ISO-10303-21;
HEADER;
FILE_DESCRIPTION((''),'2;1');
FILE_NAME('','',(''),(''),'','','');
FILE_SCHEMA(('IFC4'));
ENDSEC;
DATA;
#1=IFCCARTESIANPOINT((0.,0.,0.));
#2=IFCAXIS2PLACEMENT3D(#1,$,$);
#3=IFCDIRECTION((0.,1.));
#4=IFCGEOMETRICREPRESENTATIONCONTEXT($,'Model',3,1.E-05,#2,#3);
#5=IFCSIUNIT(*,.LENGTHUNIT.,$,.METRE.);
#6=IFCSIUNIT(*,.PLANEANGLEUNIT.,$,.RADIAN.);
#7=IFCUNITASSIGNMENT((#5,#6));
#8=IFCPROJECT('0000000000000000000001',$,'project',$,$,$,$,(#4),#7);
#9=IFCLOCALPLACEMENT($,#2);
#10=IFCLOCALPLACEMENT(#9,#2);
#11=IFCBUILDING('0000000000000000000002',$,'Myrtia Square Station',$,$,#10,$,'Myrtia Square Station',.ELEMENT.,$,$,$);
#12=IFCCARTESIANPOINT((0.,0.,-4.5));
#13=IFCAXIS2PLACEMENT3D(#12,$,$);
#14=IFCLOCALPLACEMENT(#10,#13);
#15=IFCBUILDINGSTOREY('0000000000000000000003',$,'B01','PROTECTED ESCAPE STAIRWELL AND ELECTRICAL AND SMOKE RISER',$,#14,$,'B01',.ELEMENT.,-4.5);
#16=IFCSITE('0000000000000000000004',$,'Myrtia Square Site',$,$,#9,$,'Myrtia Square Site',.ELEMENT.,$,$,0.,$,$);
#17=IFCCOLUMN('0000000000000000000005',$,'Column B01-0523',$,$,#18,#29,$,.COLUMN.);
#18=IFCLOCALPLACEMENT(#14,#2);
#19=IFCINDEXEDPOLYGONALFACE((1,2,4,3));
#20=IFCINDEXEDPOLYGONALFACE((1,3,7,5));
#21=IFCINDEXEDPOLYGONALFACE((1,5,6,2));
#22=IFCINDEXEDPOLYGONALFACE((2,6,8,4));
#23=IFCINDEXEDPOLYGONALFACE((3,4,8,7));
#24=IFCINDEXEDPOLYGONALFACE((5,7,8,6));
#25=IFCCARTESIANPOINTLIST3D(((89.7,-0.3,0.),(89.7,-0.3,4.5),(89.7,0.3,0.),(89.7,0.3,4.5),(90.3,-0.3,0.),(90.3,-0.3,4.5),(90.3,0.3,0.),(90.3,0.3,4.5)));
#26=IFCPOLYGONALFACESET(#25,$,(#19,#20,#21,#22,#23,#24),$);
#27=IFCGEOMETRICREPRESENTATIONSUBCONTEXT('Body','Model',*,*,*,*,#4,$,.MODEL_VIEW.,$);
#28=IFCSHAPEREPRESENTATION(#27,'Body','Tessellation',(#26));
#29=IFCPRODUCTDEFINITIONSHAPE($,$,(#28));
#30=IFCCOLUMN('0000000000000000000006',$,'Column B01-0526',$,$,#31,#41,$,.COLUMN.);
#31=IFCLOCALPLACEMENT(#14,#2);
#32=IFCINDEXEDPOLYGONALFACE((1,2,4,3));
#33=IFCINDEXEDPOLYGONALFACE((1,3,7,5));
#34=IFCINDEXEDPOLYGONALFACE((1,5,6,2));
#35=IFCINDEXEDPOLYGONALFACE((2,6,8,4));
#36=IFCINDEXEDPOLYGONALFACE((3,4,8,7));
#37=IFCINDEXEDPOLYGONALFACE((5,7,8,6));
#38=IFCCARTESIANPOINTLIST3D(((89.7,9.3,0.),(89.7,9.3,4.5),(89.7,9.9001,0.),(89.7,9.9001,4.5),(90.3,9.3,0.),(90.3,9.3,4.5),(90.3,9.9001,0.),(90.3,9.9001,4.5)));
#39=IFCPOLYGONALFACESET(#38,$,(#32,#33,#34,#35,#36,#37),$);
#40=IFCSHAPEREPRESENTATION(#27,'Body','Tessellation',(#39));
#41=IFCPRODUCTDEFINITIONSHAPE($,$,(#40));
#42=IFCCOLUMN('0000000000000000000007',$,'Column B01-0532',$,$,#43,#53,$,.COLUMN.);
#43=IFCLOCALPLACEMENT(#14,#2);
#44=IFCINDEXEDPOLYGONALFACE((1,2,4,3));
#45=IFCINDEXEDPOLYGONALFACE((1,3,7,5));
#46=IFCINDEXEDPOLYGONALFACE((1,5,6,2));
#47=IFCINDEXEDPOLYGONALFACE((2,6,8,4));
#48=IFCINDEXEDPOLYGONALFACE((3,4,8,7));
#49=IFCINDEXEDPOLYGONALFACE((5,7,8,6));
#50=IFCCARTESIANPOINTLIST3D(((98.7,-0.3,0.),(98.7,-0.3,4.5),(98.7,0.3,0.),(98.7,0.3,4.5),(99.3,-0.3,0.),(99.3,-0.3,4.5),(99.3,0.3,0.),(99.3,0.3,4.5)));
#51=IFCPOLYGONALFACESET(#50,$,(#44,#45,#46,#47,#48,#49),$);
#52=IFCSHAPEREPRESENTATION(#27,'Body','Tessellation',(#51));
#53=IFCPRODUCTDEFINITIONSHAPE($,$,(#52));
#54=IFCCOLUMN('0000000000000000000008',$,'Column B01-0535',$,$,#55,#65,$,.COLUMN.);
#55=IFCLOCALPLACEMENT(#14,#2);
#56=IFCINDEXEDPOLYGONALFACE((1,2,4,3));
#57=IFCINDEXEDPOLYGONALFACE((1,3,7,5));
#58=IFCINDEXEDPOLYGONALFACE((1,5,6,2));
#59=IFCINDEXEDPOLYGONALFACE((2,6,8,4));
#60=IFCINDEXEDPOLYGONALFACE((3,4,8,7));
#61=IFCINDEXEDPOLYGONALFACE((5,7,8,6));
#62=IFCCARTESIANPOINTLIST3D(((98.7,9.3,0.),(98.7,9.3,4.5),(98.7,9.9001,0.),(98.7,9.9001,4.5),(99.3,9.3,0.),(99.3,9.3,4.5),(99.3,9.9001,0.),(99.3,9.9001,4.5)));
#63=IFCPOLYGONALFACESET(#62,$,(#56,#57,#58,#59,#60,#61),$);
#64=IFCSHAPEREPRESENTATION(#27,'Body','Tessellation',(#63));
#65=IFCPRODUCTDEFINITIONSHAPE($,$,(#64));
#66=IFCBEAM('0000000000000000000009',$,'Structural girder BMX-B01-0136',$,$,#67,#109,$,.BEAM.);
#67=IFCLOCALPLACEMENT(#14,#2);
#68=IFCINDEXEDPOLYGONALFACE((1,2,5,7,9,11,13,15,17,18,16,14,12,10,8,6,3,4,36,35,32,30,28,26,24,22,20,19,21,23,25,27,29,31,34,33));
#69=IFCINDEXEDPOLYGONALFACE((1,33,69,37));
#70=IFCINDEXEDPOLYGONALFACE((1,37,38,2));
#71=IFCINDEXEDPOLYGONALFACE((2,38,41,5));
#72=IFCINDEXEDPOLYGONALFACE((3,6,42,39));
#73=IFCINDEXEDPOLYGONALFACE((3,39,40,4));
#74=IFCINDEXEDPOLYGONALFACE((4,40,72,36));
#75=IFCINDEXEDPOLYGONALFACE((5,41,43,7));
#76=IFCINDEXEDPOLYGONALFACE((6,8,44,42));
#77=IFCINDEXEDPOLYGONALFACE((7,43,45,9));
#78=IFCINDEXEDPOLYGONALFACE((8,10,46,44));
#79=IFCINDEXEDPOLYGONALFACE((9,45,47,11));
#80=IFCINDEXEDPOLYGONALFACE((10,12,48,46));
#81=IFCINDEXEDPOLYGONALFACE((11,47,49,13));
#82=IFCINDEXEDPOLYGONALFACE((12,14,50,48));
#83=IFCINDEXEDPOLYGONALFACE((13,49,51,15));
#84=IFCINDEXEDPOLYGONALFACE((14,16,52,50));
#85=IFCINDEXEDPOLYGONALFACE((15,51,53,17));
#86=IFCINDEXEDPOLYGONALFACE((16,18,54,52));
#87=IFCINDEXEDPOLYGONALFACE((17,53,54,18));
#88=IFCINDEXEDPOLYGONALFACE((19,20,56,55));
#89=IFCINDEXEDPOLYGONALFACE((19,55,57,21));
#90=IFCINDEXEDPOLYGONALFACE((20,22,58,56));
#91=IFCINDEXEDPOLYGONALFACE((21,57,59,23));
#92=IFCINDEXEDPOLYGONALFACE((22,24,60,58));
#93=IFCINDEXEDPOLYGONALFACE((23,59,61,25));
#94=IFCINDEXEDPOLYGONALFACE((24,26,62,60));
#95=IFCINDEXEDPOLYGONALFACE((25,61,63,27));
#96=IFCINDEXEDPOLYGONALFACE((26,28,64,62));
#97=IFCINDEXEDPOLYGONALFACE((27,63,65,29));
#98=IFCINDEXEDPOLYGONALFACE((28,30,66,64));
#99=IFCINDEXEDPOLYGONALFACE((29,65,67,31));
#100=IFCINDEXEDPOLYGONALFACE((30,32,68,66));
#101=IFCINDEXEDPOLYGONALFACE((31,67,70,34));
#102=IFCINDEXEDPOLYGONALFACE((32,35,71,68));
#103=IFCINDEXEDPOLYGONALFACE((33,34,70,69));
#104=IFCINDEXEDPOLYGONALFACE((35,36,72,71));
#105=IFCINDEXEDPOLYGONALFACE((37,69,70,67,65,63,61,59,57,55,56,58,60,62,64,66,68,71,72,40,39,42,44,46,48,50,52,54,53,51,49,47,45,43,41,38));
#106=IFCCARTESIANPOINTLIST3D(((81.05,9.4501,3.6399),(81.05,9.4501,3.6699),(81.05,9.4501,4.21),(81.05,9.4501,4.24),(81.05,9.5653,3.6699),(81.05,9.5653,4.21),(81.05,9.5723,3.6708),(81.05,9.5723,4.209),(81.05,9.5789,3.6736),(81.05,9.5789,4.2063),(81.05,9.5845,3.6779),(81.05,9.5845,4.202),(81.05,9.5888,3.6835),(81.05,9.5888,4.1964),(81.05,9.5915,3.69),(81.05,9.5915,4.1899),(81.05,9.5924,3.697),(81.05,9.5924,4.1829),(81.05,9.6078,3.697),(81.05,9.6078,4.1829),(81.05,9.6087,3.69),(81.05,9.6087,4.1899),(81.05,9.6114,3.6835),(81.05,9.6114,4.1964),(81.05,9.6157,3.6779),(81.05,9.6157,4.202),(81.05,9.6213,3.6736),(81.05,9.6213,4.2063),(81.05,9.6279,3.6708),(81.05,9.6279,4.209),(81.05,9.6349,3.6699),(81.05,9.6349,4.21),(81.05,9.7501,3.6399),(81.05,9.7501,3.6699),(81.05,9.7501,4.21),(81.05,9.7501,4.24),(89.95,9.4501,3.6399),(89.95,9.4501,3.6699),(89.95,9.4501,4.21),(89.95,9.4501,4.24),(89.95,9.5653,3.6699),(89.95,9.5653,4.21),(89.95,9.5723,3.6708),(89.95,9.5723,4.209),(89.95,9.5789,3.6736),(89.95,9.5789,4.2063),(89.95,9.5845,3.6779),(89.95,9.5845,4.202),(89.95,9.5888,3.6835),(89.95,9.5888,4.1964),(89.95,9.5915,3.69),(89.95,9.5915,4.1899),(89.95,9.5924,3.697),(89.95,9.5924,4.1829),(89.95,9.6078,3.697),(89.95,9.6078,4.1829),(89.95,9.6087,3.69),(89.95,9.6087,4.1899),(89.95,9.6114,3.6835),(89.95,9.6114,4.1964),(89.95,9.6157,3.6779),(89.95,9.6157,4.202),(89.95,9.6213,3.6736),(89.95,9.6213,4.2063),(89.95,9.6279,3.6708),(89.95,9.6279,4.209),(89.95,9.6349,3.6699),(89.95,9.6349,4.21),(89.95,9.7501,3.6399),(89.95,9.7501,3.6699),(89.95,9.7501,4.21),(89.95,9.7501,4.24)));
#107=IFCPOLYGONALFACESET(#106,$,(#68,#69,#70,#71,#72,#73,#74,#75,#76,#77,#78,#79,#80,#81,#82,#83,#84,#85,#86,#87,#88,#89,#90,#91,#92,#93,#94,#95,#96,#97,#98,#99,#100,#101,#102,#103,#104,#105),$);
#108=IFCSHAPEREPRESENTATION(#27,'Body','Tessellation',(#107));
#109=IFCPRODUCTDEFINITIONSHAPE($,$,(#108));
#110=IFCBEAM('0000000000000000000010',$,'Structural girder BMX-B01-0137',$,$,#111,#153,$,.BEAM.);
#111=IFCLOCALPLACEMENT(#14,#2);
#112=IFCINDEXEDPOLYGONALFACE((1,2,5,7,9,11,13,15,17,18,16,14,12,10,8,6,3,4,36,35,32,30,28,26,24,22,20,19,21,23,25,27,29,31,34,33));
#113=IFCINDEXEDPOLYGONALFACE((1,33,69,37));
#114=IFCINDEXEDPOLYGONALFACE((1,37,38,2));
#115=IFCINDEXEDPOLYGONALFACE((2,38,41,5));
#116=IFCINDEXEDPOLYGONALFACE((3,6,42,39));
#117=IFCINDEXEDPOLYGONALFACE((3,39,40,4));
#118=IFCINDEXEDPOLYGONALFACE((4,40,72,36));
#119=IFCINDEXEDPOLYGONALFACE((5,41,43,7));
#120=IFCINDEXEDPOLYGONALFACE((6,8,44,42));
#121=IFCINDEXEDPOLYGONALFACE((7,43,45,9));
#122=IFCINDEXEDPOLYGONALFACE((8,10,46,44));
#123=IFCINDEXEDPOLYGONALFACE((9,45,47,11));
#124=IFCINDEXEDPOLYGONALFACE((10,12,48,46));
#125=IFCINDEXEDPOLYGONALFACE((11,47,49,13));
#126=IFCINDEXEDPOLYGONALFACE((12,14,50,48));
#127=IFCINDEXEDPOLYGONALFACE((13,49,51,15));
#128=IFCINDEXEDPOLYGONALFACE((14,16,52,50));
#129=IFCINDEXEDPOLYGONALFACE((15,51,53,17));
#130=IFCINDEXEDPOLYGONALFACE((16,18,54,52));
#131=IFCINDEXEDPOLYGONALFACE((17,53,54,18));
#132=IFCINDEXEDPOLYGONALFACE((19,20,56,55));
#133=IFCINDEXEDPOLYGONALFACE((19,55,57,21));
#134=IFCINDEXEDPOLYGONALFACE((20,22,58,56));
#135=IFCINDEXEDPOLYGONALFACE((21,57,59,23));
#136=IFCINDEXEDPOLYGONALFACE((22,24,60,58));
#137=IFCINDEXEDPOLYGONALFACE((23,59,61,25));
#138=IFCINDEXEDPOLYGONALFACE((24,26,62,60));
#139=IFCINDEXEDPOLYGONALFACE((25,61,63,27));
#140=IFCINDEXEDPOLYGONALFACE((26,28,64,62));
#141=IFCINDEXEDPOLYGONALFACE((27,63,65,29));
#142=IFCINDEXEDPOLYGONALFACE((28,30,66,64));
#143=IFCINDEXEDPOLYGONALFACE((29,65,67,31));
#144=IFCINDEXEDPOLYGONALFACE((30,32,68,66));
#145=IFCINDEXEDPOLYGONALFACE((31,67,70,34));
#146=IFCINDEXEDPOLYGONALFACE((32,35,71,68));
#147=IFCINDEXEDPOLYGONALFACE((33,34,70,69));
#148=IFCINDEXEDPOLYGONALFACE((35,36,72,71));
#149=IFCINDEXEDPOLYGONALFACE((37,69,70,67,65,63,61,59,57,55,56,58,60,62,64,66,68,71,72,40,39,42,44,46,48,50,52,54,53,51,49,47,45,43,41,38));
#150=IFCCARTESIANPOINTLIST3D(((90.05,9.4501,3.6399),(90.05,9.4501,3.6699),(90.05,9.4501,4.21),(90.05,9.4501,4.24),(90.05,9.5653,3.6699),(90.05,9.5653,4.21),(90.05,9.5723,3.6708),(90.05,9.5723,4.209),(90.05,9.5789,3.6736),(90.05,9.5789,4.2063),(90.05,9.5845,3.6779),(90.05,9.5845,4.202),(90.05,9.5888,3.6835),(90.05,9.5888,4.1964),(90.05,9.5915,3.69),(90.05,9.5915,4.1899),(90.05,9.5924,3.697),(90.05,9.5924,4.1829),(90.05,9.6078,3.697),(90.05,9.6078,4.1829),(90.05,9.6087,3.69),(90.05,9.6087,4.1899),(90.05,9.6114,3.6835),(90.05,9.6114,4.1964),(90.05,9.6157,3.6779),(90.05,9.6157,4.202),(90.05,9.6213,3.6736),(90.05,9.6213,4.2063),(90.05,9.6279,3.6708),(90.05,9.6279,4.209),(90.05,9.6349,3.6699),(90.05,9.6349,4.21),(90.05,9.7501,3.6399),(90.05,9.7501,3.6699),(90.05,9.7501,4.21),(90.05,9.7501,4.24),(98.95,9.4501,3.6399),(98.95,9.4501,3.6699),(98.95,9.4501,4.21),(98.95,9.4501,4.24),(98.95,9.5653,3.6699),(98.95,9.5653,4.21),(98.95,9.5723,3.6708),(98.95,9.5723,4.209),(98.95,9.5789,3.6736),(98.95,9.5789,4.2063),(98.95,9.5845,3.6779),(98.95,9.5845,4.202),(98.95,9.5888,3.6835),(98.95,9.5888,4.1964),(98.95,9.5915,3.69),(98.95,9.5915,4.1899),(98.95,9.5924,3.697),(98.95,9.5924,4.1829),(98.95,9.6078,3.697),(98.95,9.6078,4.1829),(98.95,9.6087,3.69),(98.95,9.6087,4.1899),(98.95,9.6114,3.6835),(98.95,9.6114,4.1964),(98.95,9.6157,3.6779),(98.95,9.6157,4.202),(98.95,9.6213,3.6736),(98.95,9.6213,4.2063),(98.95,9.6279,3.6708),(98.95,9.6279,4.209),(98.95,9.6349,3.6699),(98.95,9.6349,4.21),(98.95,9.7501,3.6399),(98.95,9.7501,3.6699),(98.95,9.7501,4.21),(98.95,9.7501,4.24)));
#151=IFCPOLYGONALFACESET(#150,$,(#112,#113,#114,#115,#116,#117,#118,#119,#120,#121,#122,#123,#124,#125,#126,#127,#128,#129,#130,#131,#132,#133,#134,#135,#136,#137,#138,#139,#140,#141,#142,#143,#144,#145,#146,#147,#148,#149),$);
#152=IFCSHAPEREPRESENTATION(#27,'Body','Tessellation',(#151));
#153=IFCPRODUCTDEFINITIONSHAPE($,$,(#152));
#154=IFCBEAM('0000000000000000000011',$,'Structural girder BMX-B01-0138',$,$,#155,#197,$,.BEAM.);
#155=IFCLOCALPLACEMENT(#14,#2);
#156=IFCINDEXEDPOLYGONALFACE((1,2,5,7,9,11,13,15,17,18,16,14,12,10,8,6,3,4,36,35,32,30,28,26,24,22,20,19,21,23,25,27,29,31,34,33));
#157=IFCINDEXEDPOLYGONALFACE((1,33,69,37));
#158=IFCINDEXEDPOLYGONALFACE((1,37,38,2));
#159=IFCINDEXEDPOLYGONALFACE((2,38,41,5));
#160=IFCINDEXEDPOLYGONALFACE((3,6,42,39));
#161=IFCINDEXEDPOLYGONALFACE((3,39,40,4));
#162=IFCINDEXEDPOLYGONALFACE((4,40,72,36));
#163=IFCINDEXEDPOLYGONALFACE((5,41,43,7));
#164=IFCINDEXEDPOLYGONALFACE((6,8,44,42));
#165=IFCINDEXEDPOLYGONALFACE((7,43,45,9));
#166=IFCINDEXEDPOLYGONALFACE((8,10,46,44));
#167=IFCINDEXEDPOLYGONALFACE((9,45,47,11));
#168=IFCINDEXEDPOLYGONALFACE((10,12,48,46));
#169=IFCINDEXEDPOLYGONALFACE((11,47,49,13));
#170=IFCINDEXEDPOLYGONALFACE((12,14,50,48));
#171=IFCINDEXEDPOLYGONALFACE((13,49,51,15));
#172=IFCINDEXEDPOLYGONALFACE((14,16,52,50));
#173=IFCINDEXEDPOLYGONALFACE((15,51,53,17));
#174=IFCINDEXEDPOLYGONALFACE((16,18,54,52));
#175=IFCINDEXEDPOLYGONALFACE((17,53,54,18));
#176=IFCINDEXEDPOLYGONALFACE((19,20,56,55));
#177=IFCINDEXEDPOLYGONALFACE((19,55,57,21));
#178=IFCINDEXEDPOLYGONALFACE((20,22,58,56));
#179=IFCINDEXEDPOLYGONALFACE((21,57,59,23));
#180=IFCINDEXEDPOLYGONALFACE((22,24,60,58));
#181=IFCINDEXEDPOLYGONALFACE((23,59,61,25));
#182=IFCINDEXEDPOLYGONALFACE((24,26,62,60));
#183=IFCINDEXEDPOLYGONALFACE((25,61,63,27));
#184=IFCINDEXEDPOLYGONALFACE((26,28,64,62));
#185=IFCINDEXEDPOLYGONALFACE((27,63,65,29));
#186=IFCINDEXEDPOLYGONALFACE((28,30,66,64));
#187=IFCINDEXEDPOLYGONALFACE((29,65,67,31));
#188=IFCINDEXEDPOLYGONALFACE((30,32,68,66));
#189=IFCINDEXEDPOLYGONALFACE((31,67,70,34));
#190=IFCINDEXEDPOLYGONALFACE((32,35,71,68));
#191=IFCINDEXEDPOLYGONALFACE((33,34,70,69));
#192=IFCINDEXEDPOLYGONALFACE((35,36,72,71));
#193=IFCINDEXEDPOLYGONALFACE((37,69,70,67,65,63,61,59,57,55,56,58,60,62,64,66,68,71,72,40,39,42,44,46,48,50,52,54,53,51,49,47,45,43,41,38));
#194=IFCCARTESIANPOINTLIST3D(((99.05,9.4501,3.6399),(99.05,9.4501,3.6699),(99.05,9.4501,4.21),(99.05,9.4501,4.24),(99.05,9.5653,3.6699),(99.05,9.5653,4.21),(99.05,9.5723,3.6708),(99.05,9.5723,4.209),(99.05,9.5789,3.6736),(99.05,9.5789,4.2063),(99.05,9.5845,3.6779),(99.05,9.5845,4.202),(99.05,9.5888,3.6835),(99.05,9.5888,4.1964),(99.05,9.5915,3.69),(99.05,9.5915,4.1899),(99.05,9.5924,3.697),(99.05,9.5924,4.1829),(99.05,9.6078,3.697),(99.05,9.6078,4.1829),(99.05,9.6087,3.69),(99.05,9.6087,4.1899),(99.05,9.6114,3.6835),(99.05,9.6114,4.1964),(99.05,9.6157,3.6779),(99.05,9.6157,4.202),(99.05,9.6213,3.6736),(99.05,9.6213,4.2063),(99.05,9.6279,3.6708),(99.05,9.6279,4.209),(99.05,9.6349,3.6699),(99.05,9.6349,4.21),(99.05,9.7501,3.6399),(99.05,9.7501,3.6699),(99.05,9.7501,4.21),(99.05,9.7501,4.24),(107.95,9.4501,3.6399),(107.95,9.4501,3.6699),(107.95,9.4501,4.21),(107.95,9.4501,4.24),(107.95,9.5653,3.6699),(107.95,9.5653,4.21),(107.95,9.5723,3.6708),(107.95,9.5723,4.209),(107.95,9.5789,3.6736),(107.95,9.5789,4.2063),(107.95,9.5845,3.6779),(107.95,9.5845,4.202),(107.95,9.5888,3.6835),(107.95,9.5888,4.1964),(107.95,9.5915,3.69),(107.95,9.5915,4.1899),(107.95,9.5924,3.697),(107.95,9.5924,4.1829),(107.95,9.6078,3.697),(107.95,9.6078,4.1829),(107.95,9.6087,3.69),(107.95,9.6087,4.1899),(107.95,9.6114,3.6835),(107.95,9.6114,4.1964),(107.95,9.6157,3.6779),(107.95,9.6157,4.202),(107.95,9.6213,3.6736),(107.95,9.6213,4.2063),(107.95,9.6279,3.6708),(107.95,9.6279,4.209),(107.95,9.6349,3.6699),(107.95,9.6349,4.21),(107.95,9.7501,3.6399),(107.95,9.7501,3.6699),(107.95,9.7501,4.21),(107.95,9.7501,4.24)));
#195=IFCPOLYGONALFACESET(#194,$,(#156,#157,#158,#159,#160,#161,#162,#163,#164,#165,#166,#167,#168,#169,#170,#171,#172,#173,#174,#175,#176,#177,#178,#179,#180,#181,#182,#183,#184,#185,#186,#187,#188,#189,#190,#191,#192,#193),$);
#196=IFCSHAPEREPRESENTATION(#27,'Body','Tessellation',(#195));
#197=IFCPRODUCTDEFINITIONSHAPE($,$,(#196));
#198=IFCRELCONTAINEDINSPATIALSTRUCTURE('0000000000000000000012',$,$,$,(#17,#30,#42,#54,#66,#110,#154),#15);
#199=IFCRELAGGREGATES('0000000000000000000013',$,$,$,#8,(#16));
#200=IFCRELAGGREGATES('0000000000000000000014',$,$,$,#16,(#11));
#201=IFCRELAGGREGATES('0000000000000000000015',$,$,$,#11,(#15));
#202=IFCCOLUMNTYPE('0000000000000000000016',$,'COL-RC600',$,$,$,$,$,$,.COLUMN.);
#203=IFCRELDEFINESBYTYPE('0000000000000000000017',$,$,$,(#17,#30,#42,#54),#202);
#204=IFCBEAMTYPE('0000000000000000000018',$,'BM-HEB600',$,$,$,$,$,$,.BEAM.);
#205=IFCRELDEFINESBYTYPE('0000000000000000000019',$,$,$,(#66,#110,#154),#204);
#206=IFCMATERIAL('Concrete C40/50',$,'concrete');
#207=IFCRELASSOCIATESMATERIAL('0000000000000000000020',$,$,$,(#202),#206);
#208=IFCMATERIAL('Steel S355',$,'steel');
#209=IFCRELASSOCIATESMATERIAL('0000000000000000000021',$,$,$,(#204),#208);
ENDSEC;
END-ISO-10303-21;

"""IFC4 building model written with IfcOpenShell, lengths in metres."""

from ifc_helpers import new_model, si_unit, direction, frame, origin, origin_2d, place, context, subcontext, project, spatial, rectangle, i_section, extrude, material, material_profile, profile_set, type_object, element, save


model = new_model("IFC4")

# Units and contexts
model_context = context("Model", 3, precision=1e-05, world=origin(), true_north=direction((0.0, 1.0)))
body_context = subcontext(model_context, "Body", "Model", "MODEL_VIEW")
ifc_project = project(units=[si_unit("LENGTHUNIT", "METRE"), si_unit("PLANEANGLEUNIT", "RADIAN")], contexts=[model_context])

# Site, building, storey
site_placement = place(None, origin())
site = spatial("IfcSite", under=ifc_project, at=site_placement, Name="Myrtia Square Site", LongName="Myrtia Square Site", CompositionType="ELEMENT", RefElevation=0.0)
building_placement = place(site_placement, origin())
building = spatial("IfcBuilding", under=site, at=building_placement, Name="Myrtia Square Station", LongName="Myrtia Square Station", CompositionType="ELEMENT")
storey_placement = place(building_placement, frame((0.0, 0.0, -4.5)))
storey = spatial("IfcBuildingStorey", under=building, at=storey_placement, Name="B01", Description="PROTECTED ESCAPE STAIRWELL AND ELECTRICAL AND SMOKE RISER", LongName="B01", CompositionType="ELEMENT", Elevation=-4.5)

# Columns
ifc_material_1 = material(Name="Concrete C40/50", Category="concrete")
ifc_material_profile_1 = material_profile(ifc_material_1, rectangle(XDim=0.6001, YDim=0.6001, at=origin_2d()), Name="RC 600x600")
ifc_profile_set_1 = profile_set([ifc_material_profile_1], Name="Concrete C40/50")
column_type = type_object("IfcColumnType", Name="COL-RC600", PredefinedType="COLUMN", material=ifc_profile_set_1)
for number, where, z_axis, x_axis, name in (
    (1, (90.0, 0.0, 0.0), (0.0, 0.0, 1.0), (1.0, 0.0, 0.0), "Column B01-0523"),
    (2, (90.0, 9.6001, 0.0), (0.0, 0.0, 1.0), (1.0, 0.0, 0.0), "Column B01-0526"),
    (3, (99.0, 0.0, 0.0), (0.0, 0.0, 1.0), (1.0, 0.0, 0.0), "Column B01-0532"),
    (4, (99.0, 9.6001, 0.0), (0.0, 0.0, 1.0), (1.0, 0.0, 0.0), "Column B01-0535"),
):
    element("IfcColumn", number, at=place(storey_placement, frame(where, z_axis=z_axis, x_axis=x_axis)), inside=storey, type_object=column_type, Name=name, PredefinedType="COLUMN", context=body_context, shape_type="SweptSolid", body=[
        extrude(rectangle(XDim=0.6001, YDim=0.6001, at=origin_2d()), origin(), (0.0, 0.0, 1.0), 4.5),
    ])

# Beams
ifc_material_2 = material(Name="Steel S355", Category="steel")
ifc_material_profile_2 = material_profile(ifc_material_2, i_section(OverallWidth=0.3, OverallDepth=0.6001, WebThickness=0.0154, FlangeThickness=0.03, FilletRadius=0.0271, at=origin_2d()), Name="HEB 600")
ifc_profile_set_2 = profile_set([ifc_material_profile_2], Name="Steel S355")
beam_type_1 = type_object("IfcBeamType", Name="BM-HEB600", PredefinedType="BEAM", material=ifc_profile_set_2)
for number, where, z_axis, x_axis, name in (
    (5, (81.05, 9.6001, 3.9399), (1.0, 0.0, 0.0), (0.0, 1.0, 0.0), "Structural girder BMX-B01-0136"),
    (6, (90.05, 9.6001, 3.9399), (1.0, 0.0, 0.0), (0.0, 1.0, 0.0), "Structural girder BMX-B01-0137"),
    (7, (99.05, 9.6001, 3.9399), (1.0, 0.0, 0.0), (0.0, 1.0, 0.0), "Structural girder BMX-B01-0138"),
):
    element("IfcBeam", number, at=place(storey_placement, frame(where, z_axis=z_axis, x_axis=x_axis)), inside=storey, type_object=beam_type_1, Name=name, PredefinedType="BEAM", context=body_context, shape_type="SweptSolid", body=[
        extrude(i_section(OverallWidth=0.3, OverallDepth=0.6001, WebThickness=0.0154, FlangeThickness=0.03, FilletRadius=0.0271, at=origin_2d()), origin(), (0.0, 0.0, 1.0), 8.8999),
    ])

save(model, "model.ifc")
